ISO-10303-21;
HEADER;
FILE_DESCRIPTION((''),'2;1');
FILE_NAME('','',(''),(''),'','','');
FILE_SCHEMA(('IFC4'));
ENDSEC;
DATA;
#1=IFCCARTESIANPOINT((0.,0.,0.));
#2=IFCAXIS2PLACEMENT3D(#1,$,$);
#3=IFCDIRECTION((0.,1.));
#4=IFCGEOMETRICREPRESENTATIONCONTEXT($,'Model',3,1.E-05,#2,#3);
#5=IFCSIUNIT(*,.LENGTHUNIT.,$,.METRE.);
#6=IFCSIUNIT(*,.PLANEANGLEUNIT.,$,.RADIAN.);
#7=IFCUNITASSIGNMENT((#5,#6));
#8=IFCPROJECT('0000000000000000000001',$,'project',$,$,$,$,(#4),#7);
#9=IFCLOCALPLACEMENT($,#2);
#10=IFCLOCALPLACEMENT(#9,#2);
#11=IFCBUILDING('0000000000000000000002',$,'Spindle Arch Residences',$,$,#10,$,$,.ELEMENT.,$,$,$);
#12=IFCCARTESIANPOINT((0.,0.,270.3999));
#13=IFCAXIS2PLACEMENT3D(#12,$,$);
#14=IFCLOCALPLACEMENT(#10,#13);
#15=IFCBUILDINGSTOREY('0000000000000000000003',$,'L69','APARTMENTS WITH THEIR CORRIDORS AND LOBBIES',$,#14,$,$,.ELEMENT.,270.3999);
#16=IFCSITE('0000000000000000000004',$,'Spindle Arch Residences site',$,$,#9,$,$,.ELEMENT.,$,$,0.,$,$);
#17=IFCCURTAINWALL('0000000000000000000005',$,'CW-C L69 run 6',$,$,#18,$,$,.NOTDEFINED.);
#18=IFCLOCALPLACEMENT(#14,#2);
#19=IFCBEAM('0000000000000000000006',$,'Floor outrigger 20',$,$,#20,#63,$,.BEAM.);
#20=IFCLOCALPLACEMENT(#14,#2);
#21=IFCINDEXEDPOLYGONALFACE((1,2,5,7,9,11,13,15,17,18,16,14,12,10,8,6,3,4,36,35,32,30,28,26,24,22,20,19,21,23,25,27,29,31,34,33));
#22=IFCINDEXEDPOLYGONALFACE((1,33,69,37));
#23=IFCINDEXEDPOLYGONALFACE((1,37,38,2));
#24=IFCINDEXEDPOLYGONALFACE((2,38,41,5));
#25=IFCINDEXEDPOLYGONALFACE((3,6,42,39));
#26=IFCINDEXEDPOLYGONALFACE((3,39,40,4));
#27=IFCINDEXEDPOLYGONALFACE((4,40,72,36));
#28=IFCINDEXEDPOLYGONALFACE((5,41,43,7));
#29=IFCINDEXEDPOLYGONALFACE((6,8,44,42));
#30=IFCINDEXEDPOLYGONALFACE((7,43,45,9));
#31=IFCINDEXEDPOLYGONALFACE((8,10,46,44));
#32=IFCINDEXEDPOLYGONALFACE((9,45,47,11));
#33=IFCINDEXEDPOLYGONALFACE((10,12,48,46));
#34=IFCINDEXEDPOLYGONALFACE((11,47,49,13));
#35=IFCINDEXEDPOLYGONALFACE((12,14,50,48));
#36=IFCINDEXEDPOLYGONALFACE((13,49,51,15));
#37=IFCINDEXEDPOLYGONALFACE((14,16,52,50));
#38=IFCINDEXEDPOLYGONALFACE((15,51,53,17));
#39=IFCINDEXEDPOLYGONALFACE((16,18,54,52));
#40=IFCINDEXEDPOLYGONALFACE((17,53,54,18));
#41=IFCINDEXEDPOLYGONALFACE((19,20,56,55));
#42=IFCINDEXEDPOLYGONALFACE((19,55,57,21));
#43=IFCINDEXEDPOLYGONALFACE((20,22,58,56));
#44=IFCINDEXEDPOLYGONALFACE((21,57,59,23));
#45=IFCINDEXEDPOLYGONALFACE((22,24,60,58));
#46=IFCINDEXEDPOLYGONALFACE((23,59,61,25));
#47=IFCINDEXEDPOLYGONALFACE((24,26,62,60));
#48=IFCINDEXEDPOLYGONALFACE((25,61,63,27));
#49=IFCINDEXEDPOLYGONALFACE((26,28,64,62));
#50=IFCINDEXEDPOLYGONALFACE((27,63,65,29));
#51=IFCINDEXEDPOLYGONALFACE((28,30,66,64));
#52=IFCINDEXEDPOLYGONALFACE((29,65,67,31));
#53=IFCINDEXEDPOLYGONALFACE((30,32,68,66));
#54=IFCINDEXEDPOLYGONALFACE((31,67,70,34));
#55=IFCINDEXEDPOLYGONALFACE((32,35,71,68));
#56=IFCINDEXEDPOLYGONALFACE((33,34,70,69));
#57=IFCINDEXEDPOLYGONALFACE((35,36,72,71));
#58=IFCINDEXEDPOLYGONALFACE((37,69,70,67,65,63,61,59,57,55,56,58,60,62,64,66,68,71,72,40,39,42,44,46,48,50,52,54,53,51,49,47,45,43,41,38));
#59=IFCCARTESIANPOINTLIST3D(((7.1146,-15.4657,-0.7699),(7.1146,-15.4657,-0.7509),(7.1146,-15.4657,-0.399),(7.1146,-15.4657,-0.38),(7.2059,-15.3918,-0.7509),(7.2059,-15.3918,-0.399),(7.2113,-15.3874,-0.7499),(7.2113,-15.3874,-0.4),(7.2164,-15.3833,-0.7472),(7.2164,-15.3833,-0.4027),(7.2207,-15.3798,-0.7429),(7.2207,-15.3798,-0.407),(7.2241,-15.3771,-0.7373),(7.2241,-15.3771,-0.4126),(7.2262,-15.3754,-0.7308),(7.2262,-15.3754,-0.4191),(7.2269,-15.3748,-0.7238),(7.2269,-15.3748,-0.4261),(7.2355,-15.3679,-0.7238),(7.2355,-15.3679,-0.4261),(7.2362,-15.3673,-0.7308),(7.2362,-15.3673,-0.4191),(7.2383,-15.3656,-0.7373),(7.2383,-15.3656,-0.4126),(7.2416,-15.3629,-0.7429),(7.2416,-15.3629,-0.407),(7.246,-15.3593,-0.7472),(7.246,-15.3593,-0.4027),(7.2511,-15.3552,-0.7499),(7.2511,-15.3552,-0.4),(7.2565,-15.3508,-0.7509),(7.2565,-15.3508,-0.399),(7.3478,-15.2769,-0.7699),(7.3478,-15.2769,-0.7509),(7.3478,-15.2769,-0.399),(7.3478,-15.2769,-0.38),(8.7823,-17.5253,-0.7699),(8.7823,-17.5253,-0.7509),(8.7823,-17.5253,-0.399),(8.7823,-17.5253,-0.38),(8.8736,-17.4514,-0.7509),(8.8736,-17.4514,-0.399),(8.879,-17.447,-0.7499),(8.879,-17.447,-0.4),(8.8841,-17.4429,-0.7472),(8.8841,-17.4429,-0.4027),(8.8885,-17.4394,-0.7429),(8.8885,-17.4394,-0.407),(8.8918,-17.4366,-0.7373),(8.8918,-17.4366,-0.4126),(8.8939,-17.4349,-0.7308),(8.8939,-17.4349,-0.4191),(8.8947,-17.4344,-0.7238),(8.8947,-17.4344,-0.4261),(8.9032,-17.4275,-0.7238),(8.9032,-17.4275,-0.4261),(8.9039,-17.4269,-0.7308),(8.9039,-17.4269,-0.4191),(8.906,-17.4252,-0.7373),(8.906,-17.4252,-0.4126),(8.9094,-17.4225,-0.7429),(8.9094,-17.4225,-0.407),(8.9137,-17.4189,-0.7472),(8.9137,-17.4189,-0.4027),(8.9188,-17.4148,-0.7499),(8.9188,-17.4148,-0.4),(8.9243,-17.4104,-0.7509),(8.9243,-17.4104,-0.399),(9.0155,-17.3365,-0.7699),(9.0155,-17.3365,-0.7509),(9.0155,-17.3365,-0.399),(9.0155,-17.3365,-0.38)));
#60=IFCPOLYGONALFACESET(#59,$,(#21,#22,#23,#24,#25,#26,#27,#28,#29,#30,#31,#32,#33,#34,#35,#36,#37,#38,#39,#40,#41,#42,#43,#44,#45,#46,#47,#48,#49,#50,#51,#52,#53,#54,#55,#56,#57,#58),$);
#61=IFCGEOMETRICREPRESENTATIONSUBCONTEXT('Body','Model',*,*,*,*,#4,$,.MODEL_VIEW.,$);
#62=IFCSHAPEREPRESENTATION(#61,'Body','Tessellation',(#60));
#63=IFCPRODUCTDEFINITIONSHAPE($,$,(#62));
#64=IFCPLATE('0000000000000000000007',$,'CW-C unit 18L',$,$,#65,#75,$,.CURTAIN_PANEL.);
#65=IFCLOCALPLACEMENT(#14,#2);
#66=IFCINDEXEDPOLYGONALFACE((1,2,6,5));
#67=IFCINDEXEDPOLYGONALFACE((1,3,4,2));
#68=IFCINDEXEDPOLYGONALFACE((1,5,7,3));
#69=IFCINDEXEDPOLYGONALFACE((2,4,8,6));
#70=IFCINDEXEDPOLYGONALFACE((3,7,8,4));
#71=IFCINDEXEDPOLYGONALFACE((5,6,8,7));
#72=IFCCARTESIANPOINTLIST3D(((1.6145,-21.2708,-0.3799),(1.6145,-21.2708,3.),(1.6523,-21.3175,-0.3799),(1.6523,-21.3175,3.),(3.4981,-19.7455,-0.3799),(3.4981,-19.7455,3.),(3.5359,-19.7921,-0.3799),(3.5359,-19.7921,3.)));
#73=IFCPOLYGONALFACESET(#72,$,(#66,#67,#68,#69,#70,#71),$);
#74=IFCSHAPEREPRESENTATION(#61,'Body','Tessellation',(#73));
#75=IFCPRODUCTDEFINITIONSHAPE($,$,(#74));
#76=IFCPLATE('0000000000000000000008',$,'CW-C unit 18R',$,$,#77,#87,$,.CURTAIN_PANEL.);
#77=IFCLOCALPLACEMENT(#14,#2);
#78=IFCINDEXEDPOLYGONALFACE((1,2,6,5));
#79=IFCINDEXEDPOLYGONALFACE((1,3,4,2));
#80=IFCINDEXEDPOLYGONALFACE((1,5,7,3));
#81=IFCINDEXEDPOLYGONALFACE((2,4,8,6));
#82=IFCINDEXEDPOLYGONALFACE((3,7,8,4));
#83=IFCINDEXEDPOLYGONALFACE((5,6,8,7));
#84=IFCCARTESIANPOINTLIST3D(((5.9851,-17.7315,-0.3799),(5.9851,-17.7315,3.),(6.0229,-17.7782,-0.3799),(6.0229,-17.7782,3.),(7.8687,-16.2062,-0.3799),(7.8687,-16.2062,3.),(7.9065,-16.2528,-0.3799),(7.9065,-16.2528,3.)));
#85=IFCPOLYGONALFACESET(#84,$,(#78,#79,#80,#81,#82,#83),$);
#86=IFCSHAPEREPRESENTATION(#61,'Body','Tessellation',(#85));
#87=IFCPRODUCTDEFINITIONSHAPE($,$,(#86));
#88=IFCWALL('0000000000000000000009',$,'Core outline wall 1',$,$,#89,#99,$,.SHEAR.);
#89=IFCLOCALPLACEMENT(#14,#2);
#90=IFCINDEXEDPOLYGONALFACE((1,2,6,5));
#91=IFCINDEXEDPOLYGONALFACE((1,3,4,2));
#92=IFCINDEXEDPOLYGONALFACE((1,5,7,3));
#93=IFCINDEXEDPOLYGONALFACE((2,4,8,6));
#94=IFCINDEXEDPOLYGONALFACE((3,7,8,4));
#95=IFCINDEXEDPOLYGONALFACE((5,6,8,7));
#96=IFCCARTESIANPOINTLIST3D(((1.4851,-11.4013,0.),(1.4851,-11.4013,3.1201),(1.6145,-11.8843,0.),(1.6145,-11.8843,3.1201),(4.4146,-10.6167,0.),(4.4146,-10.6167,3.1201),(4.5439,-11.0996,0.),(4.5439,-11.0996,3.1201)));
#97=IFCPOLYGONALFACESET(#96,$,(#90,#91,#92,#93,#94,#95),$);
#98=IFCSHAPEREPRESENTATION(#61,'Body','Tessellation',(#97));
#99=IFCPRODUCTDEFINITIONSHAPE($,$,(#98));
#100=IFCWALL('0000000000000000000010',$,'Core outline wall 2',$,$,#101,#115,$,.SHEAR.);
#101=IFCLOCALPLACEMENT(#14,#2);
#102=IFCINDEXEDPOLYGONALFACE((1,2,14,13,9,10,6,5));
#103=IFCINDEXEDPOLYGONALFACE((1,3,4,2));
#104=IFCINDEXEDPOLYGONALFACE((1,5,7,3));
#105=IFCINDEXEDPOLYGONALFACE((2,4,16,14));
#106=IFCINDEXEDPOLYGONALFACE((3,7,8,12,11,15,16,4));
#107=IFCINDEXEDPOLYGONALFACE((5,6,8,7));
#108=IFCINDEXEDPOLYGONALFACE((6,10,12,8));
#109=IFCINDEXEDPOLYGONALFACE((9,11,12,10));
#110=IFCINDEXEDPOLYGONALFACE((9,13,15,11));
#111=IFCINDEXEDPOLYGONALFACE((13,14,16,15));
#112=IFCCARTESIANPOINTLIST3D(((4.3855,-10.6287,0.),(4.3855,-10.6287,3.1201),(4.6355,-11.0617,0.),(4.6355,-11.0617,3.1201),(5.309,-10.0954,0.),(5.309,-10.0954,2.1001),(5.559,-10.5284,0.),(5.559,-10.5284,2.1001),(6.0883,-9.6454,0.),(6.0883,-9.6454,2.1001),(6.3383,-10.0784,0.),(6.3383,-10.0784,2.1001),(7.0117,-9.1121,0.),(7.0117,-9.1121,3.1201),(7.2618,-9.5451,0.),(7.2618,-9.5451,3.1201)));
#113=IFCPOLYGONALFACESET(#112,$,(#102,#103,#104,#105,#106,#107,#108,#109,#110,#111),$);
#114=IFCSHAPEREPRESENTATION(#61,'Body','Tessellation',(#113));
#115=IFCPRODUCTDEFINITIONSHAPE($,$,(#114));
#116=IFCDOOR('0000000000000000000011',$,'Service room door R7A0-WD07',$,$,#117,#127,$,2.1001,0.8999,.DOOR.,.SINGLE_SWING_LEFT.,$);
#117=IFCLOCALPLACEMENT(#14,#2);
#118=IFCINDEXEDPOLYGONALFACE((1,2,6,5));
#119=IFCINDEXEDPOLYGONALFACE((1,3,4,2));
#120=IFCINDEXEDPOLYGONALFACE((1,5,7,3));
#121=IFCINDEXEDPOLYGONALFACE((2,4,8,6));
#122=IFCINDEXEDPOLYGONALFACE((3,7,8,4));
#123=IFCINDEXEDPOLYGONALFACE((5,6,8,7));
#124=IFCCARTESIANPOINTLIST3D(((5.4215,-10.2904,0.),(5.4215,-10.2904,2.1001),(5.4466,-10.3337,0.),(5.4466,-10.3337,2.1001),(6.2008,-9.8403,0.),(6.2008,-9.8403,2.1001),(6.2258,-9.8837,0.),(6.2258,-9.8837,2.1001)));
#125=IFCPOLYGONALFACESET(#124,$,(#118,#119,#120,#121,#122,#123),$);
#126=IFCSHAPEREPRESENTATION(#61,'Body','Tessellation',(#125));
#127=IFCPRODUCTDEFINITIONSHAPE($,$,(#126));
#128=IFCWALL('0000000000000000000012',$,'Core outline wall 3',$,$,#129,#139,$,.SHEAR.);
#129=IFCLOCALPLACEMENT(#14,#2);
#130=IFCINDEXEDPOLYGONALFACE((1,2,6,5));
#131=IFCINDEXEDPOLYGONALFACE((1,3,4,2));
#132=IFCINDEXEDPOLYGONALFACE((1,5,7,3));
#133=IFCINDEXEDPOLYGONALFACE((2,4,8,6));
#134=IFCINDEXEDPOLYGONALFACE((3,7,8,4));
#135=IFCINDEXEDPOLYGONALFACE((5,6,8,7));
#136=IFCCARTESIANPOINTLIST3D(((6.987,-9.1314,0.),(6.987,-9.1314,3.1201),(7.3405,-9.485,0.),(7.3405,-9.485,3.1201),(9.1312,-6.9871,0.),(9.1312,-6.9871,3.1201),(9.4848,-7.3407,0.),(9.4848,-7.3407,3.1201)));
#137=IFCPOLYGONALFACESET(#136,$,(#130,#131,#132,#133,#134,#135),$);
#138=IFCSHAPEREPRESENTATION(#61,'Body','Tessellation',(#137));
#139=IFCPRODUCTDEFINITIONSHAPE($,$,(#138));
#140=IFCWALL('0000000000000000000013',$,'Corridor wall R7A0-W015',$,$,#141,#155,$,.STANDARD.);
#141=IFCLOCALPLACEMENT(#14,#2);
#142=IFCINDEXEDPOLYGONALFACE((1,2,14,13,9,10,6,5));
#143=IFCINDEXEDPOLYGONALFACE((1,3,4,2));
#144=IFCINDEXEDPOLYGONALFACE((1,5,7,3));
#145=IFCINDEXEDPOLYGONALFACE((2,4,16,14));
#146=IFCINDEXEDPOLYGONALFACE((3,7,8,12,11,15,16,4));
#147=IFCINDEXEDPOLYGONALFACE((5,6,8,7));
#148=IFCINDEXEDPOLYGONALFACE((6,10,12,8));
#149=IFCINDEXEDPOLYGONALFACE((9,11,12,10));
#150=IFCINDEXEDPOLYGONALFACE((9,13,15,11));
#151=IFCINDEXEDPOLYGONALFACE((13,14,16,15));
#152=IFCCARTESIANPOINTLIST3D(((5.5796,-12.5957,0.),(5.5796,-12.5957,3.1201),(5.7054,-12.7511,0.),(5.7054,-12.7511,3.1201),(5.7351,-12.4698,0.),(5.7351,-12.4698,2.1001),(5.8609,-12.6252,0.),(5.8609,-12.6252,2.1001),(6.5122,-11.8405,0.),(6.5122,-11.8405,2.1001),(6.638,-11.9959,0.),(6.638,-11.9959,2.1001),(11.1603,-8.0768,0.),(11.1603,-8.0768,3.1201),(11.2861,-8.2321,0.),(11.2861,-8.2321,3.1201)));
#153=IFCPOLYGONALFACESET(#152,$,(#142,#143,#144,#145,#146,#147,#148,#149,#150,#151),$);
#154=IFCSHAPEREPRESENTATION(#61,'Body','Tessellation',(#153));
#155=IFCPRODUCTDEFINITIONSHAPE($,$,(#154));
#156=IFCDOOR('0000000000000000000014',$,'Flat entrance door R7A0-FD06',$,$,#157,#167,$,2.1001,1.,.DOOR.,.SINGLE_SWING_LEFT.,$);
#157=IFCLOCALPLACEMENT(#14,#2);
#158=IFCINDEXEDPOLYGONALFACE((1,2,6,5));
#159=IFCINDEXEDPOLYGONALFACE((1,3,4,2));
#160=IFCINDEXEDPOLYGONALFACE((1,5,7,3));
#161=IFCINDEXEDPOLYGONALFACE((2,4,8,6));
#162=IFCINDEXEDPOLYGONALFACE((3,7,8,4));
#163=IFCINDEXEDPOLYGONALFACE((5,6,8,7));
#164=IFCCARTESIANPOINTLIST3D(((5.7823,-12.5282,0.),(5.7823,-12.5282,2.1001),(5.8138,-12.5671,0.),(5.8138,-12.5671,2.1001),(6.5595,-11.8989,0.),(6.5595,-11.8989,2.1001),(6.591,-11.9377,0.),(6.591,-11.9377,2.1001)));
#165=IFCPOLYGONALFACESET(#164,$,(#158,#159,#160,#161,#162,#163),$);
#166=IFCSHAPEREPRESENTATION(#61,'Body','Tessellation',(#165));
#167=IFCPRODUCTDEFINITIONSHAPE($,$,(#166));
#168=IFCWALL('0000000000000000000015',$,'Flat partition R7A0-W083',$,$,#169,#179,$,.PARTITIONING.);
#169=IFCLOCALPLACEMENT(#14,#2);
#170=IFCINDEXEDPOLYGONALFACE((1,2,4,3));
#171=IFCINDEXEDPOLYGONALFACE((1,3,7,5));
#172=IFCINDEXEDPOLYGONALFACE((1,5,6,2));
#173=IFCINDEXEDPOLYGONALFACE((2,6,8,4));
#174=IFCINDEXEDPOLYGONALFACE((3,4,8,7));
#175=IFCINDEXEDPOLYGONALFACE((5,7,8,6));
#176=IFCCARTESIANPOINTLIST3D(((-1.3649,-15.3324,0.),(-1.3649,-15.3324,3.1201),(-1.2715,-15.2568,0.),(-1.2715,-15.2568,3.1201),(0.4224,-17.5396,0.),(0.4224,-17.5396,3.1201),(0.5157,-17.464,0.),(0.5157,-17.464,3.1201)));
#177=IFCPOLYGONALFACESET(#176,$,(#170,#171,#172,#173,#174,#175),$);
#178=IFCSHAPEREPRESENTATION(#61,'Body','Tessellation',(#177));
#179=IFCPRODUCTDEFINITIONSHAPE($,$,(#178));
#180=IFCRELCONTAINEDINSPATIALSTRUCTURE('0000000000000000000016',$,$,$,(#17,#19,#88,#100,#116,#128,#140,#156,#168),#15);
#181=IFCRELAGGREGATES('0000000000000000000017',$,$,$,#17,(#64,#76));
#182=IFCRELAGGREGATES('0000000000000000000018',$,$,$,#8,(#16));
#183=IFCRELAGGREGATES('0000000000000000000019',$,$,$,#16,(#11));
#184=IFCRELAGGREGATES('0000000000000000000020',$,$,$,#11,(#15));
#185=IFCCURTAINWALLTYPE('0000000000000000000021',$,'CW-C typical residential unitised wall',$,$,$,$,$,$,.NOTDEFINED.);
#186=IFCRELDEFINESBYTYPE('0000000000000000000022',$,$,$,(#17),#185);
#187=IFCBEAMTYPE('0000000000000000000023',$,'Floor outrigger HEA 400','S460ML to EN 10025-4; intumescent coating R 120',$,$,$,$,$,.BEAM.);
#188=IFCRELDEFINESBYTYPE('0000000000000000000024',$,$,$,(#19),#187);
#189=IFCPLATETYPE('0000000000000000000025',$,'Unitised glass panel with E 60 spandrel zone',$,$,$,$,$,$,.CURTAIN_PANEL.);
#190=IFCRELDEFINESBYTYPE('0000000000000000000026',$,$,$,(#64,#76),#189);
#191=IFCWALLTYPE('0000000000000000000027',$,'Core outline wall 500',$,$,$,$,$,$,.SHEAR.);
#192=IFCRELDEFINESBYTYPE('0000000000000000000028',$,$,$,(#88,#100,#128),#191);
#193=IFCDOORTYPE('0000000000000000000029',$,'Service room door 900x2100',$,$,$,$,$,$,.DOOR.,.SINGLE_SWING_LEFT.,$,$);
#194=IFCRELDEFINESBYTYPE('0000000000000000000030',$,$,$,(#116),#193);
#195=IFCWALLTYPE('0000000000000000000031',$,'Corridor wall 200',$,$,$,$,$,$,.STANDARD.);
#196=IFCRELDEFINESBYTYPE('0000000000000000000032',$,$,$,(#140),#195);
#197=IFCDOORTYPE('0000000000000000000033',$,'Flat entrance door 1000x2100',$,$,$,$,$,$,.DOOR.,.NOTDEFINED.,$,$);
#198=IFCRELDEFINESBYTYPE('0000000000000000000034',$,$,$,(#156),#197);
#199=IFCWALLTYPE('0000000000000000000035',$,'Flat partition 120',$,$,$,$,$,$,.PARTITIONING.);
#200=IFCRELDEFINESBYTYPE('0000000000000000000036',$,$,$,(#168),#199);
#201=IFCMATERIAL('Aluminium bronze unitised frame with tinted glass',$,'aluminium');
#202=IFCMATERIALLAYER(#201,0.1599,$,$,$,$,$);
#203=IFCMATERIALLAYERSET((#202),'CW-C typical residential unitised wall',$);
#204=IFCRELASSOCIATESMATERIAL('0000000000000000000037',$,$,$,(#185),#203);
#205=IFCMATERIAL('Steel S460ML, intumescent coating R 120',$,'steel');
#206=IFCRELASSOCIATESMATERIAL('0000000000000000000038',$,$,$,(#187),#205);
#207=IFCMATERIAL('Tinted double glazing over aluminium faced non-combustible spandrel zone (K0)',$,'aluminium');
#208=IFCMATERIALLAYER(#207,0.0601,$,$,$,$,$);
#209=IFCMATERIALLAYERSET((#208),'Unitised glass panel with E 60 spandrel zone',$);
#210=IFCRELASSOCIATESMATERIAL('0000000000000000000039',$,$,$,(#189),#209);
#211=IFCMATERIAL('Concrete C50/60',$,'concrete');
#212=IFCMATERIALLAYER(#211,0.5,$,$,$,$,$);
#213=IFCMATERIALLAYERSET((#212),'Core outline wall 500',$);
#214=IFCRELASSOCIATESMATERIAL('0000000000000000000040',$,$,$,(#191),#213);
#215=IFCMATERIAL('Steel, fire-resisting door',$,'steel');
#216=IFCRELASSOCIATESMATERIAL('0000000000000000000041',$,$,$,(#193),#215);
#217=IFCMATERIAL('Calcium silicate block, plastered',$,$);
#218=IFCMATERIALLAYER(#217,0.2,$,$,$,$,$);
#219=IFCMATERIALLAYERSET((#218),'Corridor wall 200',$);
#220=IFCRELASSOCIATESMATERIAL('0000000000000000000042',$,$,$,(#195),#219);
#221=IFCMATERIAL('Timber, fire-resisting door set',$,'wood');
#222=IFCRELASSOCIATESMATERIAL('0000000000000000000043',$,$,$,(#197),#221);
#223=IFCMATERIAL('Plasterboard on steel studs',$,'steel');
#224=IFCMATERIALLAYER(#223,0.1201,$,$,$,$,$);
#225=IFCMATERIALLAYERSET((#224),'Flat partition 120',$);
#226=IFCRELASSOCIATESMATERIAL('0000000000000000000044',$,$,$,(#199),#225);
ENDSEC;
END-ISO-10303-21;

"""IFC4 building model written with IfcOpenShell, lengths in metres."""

from ifc_helpers import new_model, si_unit, direction, frame, frame_2d, origin, origin_2d, place, context, subcontext, project, spatial, rectangle, i_section, extrude, material, layer, layer_set, material_profile, profile_set, type_object, element, fill, aggregate, save


model = new_model("IFC4")

# Units and contexts
model_context = context("Model", 3, precision=1e-05, world=origin(), true_north=direction((0.0, 1.0)))
body_context = subcontext(model_context, "Body", "Model", "MODEL_VIEW")
ifc_project = project(units=[si_unit("LENGTHUNIT", "METRE"), si_unit("PLANEANGLEUNIT", "RADIAN")], contexts=[model_context])

# Site, building, storey
site_placement = place(None, origin())
site = spatial("IfcSite", under=ifc_project, at=site_placement, Name="Spindle Arch Residences site", CompositionType="ELEMENT", RefElevation=0.0)
building_placement = place(site_placement, origin())
building = spatial("IfcBuilding", under=site, at=building_placement, Name="Spindle Arch Residences", CompositionType="ELEMENT")
storey_placement = place(building_placement, frame((0.0, 0.0, 270.3999)))
storey = spatial("IfcBuildingStorey", under=building, at=storey_placement, Name="L69", Description="APARTMENTS WITH THEIR CORRIDORS AND LOBBIES", CompositionType="ELEMENT", Elevation=270.3999)

# Curtain wall
ifc_material_1 = material(Name="Aluminium bronze unitised frame with tinted glass", Category="aluminium")
ifc_layer_1 = layer(ifc_material_1, 0.1599)
ifc_layer_set_1 = layer_set([ifc_layer_1], Name="CW-C typical residential unitised wall")
curtain_wall_type = type_object("IfcCurtainWallType", Name="CW-C typical residential unitised wall", PredefinedType="NOTDEFINED", material=ifc_layer_set_1)
curtain_wall_placement = place(storey_placement, origin())
curtain_wall = element("IfcCurtainWall", 1, at=curtain_wall_placement, inside=storey, type_object=curtain_wall_type, Name="CW-C L69 run 6", PredefinedType="NOTDEFINED")

# Beam
ifc_material_2 = material(Name="Steel S460ML, intumescent coating R 120", Category="steel")
ifc_material_profile_1 = material_profile(ifc_material_2, i_section(OverallWidth=0.3, OverallDepth=0.3899, WebThickness=0.011, FlangeThickness=0.019, FilletRadius=0.0271, at=origin_2d()), Name="HEA 400")
ifc_profile_set_1 = profile_set([ifc_material_profile_1], Name="Steel S460ML, intumescent coating R 120")
beam_type_1 = type_object("IfcBeamType", Name="Floor outrigger HEA 400", Description="S460ML to EN 10025-4; intumescent coating R 120", PredefinedType="BEAM", material=ifc_profile_set_1)
for number, where, z_axis, x_axis, name in (
    (2, (8.8989, -17.4309, -0.575), (-0.629302, 0.777161, 0.0), (-0.777161, -0.629302, 0.0), "Floor outrigger 20"),
):
    element("IfcBeam", number, at=place(storey_placement, frame(where, z_axis=z_axis, x_axis=x_axis)), inside=storey, type_object=beam_type_1, Name=name, PredefinedType="BEAM", context=body_context, shape_type="SweptSolid", body=[
        extrude(i_section(OverallWidth=0.3, OverallDepth=0.3899, WebThickness=0.011, FlangeThickness=0.019, FilletRadius=0.0271, at=origin_2d()), origin(), (0.0, 0.0, 1.0), 2.6501),
    ])

# Plates
ifc_material_3 = material(Name="Tinted double glazing over aluminium faced non-combustible spandrel zone (K0)", Category="aluminium")
ifc_layer_2 = layer(ifc_material_3, 0.0601)
ifc_layer_set_2 = layer_set([ifc_layer_2], Name="Unitised glass panel with E 60 spandrel zone")
plate_type = type_object("IfcPlateType", Name="Unitised glass panel with E 60 spandrel zone", PredefinedType="CURTAIN_PANEL", material=ifc_layer_set_2)
plate_1_placement = place(storey_placement, frame((2.5752, -20.5315, -0.3799), z_axis=(0.0, 0.0, 1.0), x_axis=(0.777146, 0.62932, 0.0)))
plate_1 = element("IfcPlate", 3, at=plate_1_placement, type_object=plate_type, Name="CW-C unit 18L", PredefinedType="CURTAIN_PANEL", context=body_context, shape_type="SweptSolid", body=[
    extrude(rectangle(XDim=2.4238, YDim=0.0601, at=origin_2d()), origin(), (0.0, 0.0, 1.0), 3.3799),
])
plate_2_placement = place(storey_placement, frame((6.9458, -16.9922, -0.3799), z_axis=(0.0, 0.0, 1.0), x_axis=(0.777146, 0.62932, 0.0)))
plate_2 = element("IfcPlate", 4, at=plate_2_placement, type_object=plate_type, Name="CW-C unit 18R", PredefinedType="CURTAIN_PANEL", context=body_context, shape_type="SweptSolid", body=[
    extrude(rectangle(XDim=2.4238, YDim=0.0601, at=origin_2d()), origin(), (0.0, 0.0, 1.0), 3.3799),
])
aggregate(curtain_wall, [plate_1, plate_2])

# Wall
ifc_material_4 = material(Name="Concrete C50/60", Category="concrete")
ifc_layer_3 = layer(ifc_material_4, 0.5)
ifc_layer_set_3 = layer_set([ifc_layer_3], Name="Core outline wall 500")
wall_type_1 = type_object("IfcWallType", Name="Core outline wall 500", PredefinedType="SHEAR", material=ifc_layer_set_3)
wall_1_placement = place(storey_placement, frame((1.5498, -11.6428, 0.0), z_axis=(0.0, 0.0, 1.0), x_axis=(0.965948, 0.258735, 0.0)))
element("IfcWall", 5, at=wall_1_placement, inside=storey, type_object=wall_type_1, Name="Core outline wall 1", PredefinedType="SHEAR", context=body_context, shape_type="SweptSolid", body=[
    extrude(rectangle(XDim=3.0327, YDim=0.5, at=frame_2d((1.5164, 0.0))), origin(), (0.0, 0.0, 1.0), 3.1201),
])

# Wall, opening, door
wall_2_placement = place(storey_placement, frame((4.5105, -10.8452, 0.0), z_axis=(0.0, 0.0, 1.0), x_axis=(0.865975, 0.500087, 0.0)))
wall_2 = element("IfcWall", 6, at=wall_2_placement, inside=storey, type_object=wall_type_1, Name="Core outline wall 2", PredefinedType="SHEAR", context=body_context, shape_type="SweptSolid", body=[
    extrude(rectangle(XDim=3.0327, YDim=0.5, at=frame_2d((1.5164, 0.0))), origin(), (0.0, 0.0, 1.0), 3.1201),
])
opening_1_placement = place(wall_2_placement, frame((1.0664, 0.0, 0.0)))
opening_1 = element("IfcOpeningElement", 7, at=opening_1_placement, cuts=wall_2, PredefinedType="OPENING", context=body_context, shape_type="SweptSolid", body=[
    extrude(rectangle(XDim=0.8999, YDim=2.1001, at=frame_2d((0.45, 1.05))), frame((0.0, 0.26, 0.0), z_axis=(0.0, -1.0, 0.0), x_axis=(1.0, 0.0, 0.0)), (0.0, 0.0, 1.0), 0.52),
])
ifc_material_5 = material(Name="Steel, fire-resisting door", Category="steel")
door_type_1 = type_object("IfcDoorType", Name="Service room door 900x2100", OperationType="SINGLE_SWING_LEFT", PredefinedType="DOOR", material=ifc_material_5)
door_1_placement = place(opening_1_placement, origin())
door_1 = element("IfcDoor", 8, at=door_1_placement, inside=storey, type_object=door_type_1, Name="Service room door R7A0-WD07", OperationType="SINGLE_SWING_LEFT", OverallHeight=2.1001, OverallWidth=0.8999, PredefinedType="DOOR", context=body_context, shape_type="SweptSolid", body=[
    extrude(rectangle(XDim=0.8999, YDim=2.1001, at=frame_2d((0.45, 1.05))), frame((0.0, 0.0249, 0.0), z_axis=(0.0, -1.0, 0.0), x_axis=(1.0, 0.0, 0.0)), (0.0, 0.0, 1.0), 0.05),
])
fill(opening_1, door_1)

# Wall
wall_3_placement = place(storey_placement, frame((7.1638, -9.3081, 0.0), z_axis=(0.0, 0.0, 1.0), x_axis=(0.707107, 0.707107, 0.0)))
element("IfcWall", 9, at=wall_3_placement, inside=storey, type_object=wall_type_1, Name="Core outline wall 3", PredefinedType="SHEAR", context=body_context, shape_type="SweptSolid", body=[
    extrude(rectangle(XDim=3.0325, YDim=0.5, at=frame_2d((1.5161, 0.0))), origin(), (0.0, 0.0, 1.0), 3.1201),
])

# Wall, opening, door
ifc_material_6 = material(Name="Calcium silicate block, plastered")
ifc_layer_4 = layer(ifc_material_6, 0.2)
ifc_layer_set_4 = layer_set([ifc_layer_4], Name="Corridor wall 200")
wall_type_2 = type_object("IfcWallType", Name="Corridor wall 200", PredefinedType="STANDARD", material=ifc_layer_set_4)
wall_4_placement = place(storey_placement, frame((5.6426, -12.6733, 0.0), z_axis=(0.0, 0.0, 1.0), x_axis=(0.77716, 0.629303, 0.0)))
wall_4 = element("IfcWall", 10, at=wall_4_placement, inside=storey, type_object=wall_type_2, Name="Corridor wall R7A0-W015", PredefinedType="STANDARD", context=body_context, shape_type="SweptSolid", body=[
    extrude(rectangle(XDim=7.1809, YDim=0.2, at=frame_2d((3.5903, 0.0))), origin(), (0.0, 0.0, 1.0), 3.1201),
])
opening_2_placement = place(wall_4_placement, frame((0.2, 0.0, 0.0)))
opening_2 = element("IfcOpeningElement", 11, at=opening_2_placement, cuts=wall_4, PredefinedType="OPENING", context=body_context, shape_type="SweptSolid", body=[
    extrude(rectangle(XDim=1.0, YDim=2.1001, at=frame_2d((0.5, 1.05))), frame((0.0, 0.1099, 0.0), z_axis=(0.0, -1.0, 0.0), x_axis=(1.0, 0.0, 0.0)), (0.0, 0.0, 1.0), 0.22),
])
ifc_material_7 = material(Name="Timber, fire-resisting door set", Category="wood")
door_type_2 = type_object("IfcDoorType", Name="Flat entrance door 1000x2100", OperationType="NOTDEFINED", PredefinedType="DOOR", material=ifc_material_7)
door_2_placement = place(opening_2_placement, origin())
door_2 = element("IfcDoor", 12, at=door_2_placement, inside=storey, type_object=door_type_2, Name="Flat entrance door R7A0-FD06", OperationType="SINGLE_SWING_LEFT", OverallHeight=2.1001, OverallWidth=1.0, PredefinedType="DOOR", context=body_context, shape_type="SweptSolid", body=[
    extrude(rectangle(XDim=1.0, YDim=2.1001, at=frame_2d((0.5, 1.05))), frame((0.0, 0.0249, 0.0), z_axis=(0.0, -1.0, 0.0), x_axis=(1.0, 0.0, 0.0)), (0.0, 0.0, 1.0), 0.05),
])
fill(opening_2, door_2)

# Wall
ifc_material_8 = material(Name="Plasterboard on steel studs", Category="steel")
ifc_layer_5 = layer(ifc_material_8, 0.1201)
ifc_layer_set_5 = layer_set([ifc_layer_5], Name="Flat partition 120")
wall_type_3 = type_object("IfcWallType", Name="Flat partition 120", PredefinedType="PARTITIONING", material=ifc_layer_set_5)
wall_5_placement = place(storey_placement, frame((0.469, -17.5017, 0.0), z_axis=(0.0, 0.0, 1.0), x_axis=(-0.629307, 0.777157, 0.0)))
element("IfcWall", 13, at=wall_5_placement, inside=storey, type_object=wall_type_3, Name="Flat partition R7A0-W083", PredefinedType="PARTITIONING", context=body_context, shape_type="SweptSolid", body=[
    extrude(rectangle(XDim=2.8401, YDim=0.1201, at=frame_2d((1.4199, 0.0))), origin(), (0.0, 0.0, 1.0), 3.1201),
])

save(model, "model.ifc")
